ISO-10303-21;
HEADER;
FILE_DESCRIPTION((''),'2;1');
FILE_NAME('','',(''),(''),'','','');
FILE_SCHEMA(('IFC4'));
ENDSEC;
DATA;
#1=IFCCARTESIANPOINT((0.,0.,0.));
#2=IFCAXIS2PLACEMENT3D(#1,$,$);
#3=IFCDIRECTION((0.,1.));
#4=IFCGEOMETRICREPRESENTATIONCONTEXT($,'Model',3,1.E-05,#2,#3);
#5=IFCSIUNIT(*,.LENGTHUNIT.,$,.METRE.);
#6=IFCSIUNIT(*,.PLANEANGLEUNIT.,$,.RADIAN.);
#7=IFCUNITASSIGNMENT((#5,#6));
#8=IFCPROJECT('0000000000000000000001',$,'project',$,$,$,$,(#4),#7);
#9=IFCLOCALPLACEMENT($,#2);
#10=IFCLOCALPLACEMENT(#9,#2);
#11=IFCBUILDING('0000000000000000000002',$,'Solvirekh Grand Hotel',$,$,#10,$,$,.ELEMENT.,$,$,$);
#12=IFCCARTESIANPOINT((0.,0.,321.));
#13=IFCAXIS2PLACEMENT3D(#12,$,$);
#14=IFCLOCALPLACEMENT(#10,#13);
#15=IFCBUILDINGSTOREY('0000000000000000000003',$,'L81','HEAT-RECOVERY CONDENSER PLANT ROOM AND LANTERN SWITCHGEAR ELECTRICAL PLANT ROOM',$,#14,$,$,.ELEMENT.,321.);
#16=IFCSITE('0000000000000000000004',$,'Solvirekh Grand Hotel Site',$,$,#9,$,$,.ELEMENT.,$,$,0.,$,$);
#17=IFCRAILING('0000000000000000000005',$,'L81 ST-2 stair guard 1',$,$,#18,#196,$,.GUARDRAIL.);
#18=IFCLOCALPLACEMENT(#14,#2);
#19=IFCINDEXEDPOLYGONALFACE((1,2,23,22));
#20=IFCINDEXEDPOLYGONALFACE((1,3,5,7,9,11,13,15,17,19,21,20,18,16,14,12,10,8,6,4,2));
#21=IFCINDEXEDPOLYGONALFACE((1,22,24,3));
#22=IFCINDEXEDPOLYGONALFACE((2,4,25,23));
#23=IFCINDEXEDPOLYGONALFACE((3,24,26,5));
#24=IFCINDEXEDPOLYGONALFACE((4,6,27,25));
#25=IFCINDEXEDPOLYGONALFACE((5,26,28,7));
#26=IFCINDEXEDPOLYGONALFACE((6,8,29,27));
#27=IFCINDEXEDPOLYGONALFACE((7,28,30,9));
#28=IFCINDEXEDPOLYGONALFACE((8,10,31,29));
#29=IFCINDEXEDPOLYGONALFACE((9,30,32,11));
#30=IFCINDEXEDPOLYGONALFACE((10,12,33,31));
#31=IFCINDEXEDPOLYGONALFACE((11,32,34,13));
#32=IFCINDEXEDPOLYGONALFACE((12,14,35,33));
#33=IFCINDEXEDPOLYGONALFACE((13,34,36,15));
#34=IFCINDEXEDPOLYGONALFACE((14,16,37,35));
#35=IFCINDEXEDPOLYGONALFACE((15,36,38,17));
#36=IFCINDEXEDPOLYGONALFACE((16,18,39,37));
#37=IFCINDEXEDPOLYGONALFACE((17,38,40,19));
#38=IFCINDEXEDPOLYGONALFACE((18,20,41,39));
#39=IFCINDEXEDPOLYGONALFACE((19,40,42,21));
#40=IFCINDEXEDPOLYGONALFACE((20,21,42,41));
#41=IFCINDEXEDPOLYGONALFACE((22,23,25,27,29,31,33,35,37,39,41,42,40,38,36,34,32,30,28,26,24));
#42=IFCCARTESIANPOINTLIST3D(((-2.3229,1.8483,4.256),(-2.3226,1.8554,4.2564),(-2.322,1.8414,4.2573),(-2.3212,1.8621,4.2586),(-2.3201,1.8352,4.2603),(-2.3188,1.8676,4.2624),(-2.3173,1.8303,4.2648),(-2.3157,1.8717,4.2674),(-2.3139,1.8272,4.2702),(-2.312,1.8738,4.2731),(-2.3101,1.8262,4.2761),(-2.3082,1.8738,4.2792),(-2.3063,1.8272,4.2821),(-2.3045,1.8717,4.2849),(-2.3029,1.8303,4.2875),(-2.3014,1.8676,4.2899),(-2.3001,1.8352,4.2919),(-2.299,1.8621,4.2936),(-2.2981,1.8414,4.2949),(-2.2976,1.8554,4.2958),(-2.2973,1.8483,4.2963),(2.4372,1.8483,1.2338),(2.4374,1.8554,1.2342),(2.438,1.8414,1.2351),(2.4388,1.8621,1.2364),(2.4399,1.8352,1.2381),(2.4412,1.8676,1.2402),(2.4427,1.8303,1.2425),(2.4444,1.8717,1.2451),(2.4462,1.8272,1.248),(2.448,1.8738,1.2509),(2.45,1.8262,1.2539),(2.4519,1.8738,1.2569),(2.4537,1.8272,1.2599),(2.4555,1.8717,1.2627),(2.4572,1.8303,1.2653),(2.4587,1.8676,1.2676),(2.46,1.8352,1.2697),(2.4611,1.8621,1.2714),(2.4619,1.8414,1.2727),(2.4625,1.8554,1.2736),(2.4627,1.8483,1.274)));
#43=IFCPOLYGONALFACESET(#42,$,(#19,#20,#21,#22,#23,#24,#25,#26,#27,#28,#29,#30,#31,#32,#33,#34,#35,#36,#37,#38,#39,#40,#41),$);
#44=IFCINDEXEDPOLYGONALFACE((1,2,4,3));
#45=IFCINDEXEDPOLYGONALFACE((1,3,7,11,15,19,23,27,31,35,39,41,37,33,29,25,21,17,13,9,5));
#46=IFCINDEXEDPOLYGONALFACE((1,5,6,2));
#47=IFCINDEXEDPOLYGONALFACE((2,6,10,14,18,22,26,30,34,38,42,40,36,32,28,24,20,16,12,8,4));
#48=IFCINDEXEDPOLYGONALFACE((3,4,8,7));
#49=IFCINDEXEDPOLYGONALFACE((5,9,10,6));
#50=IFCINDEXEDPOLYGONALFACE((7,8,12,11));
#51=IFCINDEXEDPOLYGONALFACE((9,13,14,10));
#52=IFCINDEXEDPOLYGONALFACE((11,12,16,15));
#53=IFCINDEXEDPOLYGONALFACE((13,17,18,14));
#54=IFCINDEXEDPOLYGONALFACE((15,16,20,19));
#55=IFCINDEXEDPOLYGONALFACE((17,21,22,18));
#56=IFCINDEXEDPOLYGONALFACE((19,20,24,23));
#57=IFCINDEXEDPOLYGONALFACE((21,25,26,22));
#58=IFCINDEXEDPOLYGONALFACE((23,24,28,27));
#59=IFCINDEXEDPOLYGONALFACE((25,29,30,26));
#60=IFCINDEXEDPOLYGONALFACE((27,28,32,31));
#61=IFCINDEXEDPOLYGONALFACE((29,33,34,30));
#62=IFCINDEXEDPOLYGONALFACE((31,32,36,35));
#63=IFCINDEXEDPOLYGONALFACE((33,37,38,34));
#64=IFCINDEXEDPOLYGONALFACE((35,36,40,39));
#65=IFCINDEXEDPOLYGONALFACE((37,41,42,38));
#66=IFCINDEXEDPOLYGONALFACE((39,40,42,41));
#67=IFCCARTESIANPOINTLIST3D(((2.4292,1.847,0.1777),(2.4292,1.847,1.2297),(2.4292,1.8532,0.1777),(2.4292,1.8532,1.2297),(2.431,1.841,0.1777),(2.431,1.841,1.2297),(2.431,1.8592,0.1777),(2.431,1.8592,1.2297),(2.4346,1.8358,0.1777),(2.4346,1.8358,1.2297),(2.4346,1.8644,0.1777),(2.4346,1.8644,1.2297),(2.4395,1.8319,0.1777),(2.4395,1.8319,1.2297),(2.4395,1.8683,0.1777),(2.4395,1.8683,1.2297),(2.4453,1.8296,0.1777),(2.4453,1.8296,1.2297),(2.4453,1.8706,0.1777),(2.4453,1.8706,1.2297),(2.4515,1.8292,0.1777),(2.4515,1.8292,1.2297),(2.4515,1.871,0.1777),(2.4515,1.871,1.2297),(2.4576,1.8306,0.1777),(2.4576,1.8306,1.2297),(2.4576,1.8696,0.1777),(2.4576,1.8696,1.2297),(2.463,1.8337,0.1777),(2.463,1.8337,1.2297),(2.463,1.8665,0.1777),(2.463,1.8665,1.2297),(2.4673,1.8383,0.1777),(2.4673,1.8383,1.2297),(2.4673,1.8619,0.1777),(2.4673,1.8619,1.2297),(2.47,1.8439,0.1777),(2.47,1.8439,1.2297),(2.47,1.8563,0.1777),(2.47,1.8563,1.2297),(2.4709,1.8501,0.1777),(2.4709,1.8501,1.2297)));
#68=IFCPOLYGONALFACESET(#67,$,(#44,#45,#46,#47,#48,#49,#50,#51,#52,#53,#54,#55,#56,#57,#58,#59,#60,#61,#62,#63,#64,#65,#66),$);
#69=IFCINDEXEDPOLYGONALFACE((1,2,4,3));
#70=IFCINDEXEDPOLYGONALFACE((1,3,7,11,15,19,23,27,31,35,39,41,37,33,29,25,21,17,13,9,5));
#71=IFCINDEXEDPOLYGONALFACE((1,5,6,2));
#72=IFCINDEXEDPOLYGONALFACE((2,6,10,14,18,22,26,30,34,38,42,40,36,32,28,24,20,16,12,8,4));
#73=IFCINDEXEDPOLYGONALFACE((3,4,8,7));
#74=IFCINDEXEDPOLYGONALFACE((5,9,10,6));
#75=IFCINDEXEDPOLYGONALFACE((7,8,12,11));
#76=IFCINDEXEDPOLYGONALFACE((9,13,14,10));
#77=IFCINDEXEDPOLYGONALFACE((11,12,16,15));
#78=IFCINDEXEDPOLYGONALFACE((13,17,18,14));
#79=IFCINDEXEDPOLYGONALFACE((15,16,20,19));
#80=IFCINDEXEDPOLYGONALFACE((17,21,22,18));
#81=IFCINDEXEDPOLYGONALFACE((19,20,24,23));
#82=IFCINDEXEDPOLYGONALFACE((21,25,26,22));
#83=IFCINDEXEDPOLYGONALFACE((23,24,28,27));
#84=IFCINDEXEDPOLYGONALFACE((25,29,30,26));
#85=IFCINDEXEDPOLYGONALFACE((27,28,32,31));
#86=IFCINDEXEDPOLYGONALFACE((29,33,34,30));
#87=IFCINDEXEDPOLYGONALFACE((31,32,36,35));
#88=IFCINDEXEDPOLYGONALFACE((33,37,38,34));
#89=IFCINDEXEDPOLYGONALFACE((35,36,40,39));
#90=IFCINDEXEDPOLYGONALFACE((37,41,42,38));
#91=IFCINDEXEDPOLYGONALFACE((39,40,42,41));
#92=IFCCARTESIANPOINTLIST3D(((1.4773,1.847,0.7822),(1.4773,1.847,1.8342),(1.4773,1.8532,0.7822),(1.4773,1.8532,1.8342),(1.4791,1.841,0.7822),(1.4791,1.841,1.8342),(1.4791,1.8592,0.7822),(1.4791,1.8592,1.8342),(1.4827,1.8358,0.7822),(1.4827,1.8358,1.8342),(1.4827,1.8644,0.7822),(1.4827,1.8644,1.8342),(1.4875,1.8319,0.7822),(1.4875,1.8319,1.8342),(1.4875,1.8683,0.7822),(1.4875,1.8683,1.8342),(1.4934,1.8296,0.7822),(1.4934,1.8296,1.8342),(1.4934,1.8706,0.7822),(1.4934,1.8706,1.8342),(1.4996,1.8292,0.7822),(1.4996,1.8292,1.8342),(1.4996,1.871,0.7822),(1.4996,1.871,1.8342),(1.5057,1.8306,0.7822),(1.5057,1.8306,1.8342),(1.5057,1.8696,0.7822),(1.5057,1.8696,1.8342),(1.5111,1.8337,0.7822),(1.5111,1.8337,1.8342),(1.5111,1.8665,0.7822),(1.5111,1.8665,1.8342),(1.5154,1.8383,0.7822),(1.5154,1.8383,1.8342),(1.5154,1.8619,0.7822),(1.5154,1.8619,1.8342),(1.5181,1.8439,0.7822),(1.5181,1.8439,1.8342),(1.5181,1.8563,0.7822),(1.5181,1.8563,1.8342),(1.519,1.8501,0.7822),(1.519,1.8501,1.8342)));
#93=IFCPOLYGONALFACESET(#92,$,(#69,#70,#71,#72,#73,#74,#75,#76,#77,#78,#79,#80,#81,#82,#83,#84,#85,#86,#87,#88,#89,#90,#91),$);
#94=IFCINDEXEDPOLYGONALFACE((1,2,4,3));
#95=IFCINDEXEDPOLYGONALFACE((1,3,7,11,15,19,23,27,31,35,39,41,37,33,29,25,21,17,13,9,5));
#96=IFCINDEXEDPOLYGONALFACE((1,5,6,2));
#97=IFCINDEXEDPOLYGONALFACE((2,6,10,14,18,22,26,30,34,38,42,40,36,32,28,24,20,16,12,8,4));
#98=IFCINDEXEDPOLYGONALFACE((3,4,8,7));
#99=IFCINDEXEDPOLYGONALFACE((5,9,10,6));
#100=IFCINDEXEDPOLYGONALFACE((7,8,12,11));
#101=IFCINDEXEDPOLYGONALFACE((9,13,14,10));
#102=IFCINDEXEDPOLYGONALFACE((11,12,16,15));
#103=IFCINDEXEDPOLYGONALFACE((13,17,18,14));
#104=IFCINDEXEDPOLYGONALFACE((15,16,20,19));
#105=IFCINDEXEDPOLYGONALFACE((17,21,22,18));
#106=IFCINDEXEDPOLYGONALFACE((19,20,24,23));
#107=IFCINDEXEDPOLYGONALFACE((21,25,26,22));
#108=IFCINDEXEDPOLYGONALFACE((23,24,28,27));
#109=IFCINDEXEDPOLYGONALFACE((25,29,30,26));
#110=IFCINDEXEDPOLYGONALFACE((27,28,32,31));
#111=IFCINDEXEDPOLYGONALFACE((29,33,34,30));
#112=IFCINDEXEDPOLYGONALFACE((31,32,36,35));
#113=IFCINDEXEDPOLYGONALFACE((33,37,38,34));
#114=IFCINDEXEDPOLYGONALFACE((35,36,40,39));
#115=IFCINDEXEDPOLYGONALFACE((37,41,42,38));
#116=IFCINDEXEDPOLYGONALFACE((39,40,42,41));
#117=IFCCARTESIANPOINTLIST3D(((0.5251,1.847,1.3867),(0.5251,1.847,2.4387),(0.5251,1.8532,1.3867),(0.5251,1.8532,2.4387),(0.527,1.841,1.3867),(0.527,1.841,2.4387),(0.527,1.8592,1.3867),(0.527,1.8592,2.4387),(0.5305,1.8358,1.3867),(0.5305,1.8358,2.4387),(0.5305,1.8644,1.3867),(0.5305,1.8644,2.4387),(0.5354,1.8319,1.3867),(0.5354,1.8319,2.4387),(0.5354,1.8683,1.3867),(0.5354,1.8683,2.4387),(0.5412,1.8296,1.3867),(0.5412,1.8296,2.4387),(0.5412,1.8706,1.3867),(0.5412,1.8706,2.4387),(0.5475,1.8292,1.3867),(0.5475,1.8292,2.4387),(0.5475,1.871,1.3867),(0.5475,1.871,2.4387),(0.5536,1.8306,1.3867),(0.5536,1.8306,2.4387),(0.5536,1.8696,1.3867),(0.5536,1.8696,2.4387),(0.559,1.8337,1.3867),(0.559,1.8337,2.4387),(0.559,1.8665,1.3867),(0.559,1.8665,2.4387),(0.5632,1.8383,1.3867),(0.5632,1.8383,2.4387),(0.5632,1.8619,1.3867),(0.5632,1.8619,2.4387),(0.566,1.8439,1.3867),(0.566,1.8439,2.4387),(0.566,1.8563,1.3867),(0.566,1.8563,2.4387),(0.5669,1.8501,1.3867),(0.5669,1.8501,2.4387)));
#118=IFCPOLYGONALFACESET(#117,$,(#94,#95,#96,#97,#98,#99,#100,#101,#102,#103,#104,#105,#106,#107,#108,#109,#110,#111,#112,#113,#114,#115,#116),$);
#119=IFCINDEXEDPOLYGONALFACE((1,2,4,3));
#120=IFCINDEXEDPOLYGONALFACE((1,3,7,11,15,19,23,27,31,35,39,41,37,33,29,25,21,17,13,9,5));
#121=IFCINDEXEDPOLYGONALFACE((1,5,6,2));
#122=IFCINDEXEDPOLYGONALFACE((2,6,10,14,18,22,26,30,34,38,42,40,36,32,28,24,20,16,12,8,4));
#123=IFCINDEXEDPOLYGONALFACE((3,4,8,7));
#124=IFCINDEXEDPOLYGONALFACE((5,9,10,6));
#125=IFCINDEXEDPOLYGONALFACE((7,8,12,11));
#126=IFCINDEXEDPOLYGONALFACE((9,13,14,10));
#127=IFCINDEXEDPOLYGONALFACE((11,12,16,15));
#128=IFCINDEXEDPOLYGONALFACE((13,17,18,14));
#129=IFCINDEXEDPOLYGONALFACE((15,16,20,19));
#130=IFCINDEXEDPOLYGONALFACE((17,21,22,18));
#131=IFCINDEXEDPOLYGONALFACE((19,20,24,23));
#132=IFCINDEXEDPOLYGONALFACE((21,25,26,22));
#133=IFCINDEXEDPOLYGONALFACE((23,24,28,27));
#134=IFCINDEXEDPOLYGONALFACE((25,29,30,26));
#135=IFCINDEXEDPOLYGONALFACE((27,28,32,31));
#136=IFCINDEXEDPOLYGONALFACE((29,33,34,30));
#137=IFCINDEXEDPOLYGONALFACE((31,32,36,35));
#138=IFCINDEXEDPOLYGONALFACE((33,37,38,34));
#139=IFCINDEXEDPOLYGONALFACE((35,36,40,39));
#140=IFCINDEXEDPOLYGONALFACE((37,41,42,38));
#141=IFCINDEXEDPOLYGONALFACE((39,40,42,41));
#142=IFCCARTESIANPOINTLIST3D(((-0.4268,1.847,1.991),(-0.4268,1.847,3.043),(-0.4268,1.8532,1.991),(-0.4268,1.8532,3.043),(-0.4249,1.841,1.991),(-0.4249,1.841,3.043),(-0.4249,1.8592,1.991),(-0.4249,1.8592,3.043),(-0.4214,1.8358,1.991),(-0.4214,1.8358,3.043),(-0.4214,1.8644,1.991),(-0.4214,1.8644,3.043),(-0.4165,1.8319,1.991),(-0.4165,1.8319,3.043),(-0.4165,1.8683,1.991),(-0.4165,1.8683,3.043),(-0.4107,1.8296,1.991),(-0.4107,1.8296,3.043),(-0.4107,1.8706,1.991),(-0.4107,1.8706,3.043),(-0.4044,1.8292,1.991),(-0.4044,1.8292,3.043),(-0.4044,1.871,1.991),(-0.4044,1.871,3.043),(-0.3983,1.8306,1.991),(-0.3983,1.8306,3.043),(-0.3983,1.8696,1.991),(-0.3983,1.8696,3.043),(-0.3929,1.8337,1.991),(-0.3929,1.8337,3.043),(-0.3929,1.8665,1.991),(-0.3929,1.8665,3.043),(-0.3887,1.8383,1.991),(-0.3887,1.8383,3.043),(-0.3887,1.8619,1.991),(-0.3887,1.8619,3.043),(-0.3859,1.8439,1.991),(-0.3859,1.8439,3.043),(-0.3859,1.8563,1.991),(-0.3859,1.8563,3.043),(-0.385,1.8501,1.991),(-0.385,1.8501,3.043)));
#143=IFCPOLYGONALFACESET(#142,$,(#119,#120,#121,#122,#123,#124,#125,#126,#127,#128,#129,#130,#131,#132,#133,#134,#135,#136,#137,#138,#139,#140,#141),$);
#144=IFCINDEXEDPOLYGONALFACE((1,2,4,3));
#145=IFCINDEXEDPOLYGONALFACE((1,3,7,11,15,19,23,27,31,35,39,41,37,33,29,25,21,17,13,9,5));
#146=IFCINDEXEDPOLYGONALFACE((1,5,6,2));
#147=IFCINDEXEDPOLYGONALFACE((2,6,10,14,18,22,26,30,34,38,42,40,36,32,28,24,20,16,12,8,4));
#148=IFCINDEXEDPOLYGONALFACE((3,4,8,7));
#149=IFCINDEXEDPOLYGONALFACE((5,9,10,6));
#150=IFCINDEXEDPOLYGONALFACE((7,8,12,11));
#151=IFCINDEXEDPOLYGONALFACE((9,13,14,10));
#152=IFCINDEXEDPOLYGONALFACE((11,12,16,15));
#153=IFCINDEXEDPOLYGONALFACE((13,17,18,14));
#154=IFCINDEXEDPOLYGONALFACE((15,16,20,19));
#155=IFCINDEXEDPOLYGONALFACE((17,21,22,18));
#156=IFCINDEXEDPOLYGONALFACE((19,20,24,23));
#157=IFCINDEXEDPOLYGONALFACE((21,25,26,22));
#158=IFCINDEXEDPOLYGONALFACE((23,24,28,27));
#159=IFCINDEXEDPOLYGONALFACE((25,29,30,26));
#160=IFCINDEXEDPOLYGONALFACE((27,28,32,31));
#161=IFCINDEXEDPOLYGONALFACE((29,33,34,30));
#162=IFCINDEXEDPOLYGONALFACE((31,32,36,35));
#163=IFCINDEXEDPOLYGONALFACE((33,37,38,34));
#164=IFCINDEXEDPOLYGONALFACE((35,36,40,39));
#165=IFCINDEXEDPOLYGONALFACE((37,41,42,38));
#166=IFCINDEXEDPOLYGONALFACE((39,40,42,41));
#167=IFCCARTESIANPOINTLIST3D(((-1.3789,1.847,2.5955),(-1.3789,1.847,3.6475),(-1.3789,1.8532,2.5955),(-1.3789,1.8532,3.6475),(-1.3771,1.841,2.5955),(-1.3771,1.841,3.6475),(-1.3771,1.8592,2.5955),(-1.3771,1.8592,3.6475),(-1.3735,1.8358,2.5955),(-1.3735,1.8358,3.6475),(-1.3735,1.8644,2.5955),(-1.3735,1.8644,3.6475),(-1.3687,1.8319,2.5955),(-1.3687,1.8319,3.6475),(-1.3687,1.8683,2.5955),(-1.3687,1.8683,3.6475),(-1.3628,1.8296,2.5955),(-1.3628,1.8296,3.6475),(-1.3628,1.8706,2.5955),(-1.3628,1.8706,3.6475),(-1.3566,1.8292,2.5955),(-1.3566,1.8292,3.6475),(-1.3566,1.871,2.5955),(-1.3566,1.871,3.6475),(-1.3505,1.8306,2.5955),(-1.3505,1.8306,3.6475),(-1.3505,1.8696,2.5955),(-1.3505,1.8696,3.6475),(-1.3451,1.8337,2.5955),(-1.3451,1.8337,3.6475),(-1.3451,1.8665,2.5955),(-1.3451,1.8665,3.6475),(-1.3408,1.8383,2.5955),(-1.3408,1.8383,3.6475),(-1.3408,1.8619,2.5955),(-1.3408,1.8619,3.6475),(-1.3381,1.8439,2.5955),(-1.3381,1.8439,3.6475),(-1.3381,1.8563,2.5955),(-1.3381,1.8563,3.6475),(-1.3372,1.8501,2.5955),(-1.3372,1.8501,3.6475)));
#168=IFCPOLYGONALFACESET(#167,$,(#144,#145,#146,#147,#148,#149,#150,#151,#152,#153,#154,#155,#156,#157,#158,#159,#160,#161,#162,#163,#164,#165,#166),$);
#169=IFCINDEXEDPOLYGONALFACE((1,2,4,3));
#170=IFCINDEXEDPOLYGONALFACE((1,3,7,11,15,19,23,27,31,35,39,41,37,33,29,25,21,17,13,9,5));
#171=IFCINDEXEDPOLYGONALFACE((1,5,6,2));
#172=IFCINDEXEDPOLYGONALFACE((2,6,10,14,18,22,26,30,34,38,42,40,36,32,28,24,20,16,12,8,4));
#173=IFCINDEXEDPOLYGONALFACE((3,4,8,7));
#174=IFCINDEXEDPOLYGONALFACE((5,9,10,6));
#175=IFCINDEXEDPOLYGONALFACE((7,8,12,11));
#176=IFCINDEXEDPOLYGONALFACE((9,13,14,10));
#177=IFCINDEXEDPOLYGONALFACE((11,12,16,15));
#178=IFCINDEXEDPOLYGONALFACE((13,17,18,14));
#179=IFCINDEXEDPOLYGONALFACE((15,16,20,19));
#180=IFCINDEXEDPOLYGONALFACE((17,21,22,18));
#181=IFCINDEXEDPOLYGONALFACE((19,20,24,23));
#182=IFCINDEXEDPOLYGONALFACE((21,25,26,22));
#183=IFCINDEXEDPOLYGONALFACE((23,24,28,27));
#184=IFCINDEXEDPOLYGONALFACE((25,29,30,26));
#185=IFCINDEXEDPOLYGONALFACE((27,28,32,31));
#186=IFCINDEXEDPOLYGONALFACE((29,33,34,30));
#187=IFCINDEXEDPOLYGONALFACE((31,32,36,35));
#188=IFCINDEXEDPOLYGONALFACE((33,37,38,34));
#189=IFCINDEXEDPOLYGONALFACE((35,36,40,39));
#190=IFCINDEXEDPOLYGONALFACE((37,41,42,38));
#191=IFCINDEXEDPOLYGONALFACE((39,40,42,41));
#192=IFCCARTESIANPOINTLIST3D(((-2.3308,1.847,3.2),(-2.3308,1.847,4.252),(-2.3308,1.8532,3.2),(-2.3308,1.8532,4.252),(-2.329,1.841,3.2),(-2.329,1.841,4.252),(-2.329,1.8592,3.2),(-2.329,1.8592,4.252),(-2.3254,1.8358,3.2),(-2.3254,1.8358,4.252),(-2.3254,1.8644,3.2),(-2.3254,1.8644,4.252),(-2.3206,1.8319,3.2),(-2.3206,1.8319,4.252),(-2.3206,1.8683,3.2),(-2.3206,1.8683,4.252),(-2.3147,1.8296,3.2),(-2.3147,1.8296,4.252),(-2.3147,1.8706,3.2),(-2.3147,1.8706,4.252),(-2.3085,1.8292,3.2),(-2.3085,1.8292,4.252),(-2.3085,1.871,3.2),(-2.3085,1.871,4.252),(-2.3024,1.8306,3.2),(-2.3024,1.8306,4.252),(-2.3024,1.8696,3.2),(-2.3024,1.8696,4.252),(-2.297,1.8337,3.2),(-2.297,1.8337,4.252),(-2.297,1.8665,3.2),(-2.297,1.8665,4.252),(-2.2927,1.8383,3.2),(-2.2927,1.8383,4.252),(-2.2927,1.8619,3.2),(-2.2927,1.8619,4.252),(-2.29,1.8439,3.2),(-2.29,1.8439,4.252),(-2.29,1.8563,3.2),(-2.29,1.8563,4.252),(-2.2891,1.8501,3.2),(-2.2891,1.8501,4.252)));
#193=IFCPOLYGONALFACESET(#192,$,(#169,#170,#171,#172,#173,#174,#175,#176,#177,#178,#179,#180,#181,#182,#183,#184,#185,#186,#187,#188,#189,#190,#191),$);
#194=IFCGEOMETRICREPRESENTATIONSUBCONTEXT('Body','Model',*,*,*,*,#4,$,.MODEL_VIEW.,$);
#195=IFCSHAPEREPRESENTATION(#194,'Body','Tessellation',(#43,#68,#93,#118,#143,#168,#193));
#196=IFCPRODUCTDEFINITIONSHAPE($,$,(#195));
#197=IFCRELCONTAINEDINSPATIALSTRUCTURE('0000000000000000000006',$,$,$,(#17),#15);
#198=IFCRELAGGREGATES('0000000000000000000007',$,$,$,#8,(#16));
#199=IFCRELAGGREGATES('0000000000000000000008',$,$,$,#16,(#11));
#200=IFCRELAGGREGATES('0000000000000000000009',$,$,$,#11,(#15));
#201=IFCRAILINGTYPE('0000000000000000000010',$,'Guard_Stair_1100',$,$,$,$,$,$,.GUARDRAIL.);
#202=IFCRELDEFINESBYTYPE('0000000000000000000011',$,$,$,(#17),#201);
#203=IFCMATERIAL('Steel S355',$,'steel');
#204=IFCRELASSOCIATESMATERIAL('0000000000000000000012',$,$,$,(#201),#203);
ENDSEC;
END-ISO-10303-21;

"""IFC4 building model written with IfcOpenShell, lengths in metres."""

from ifc_helpers import new_model, si_unit, direction, frame, origin, origin_2d, place, context, subcontext, project, spatial, circle, extrude, material, type_object, element, save


model = new_model("IFC4")

# Units and contexts
model_context = context("Model", 3, precision=1e-05, world=origin(), true_north=direction((0.0, 1.0)))
body_context = subcontext(model_context, "Body", "Model", "MODEL_VIEW")
ifc_project = project(units=[si_unit("LENGTHUNIT", "METRE"), si_unit("PLANEANGLEUNIT", "RADIAN")], contexts=[model_context])

# Site, building, storey
site_placement = place(None, origin())
site = spatial("IfcSite", under=ifc_project, at=site_placement, Name="Solvirekh Grand Hotel Site", CompositionType="ELEMENT", RefElevation=0.0)
building_placement = place(site_placement, origin())
building = spatial("IfcBuilding", under=site, at=building_placement, Name="Solvirekh Grand Hotel", CompositionType="ELEMENT")
storey_placement = place(building_placement, frame((0.0, 0.0, 321.0)))
storey = spatial("IfcBuildingStorey", under=building, at=storey_placement, Name="L81", Description="HEAT-RECOVERY CONDENSER PLANT ROOM AND LANTERN SWITCHGEAR ELECTRICAL PLANT ROOM", CompositionType="ELEMENT", Elevation=321.0)

# Shared definitions
ifc_material_1 = material(Name="Steel S355", Category="steel")

# Railing
railing_type_1 = type_object("IfcRailingType", Name="Guard_Stair_1100", PredefinedType="GUARDRAIL", material=ifc_material_1)
railing_1_placement = place(storey_placement, frame((2.45, 1.8501, 0.1777)))
element("IfcRailing", 1, at=railing_1_placement, inside=storey, type_object=railing_type_1, Name="L81 ST-2 stair guard 1", PredefinedType="GUARDRAIL", context=body_context, shape_type="SweptSolid", body=[
    extrude(circle(Radius=0.0239, at=origin_2d()), frame((0.0, 0.0, 1.0762), z_axis=(-0.844214, 0.0, 0.536007), x_axis=(0.0, -1.0, 0.0)), (0.0, 0.0, 1.0), 5.6384),
    extrude(circle(Radius=0.021, at=origin_2d()), origin(), (0.0, 0.0, 1.0), 1.052),
    extrude(circle(Radius=0.021, at=origin_2d()), frame((-0.9519, 0.0, 0.6045)), (0.0, 0.0, 1.0), 1.052),
    extrude(circle(Radius=0.021, at=origin_2d()), frame((-1.9041, 0.0, 1.209)), (0.0, 0.0, 1.0), 1.052),
    extrude(circle(Radius=0.021, at=origin_2d()), frame((-2.856, 0.0, 1.8132)), (0.0, 0.0, 1.0), 1.052),
    extrude(circle(Radius=0.021, at=origin_2d()), frame((-3.8081, 0.0, 2.4177)), (0.0, 0.0, 1.0), 1.052),
    extrude(circle(Radius=0.021, at=origin_2d()), frame((-4.76, 0.0, 3.0222)), (0.0, 0.0, 1.0), 1.052),
])

save(model, "model.ifc")
